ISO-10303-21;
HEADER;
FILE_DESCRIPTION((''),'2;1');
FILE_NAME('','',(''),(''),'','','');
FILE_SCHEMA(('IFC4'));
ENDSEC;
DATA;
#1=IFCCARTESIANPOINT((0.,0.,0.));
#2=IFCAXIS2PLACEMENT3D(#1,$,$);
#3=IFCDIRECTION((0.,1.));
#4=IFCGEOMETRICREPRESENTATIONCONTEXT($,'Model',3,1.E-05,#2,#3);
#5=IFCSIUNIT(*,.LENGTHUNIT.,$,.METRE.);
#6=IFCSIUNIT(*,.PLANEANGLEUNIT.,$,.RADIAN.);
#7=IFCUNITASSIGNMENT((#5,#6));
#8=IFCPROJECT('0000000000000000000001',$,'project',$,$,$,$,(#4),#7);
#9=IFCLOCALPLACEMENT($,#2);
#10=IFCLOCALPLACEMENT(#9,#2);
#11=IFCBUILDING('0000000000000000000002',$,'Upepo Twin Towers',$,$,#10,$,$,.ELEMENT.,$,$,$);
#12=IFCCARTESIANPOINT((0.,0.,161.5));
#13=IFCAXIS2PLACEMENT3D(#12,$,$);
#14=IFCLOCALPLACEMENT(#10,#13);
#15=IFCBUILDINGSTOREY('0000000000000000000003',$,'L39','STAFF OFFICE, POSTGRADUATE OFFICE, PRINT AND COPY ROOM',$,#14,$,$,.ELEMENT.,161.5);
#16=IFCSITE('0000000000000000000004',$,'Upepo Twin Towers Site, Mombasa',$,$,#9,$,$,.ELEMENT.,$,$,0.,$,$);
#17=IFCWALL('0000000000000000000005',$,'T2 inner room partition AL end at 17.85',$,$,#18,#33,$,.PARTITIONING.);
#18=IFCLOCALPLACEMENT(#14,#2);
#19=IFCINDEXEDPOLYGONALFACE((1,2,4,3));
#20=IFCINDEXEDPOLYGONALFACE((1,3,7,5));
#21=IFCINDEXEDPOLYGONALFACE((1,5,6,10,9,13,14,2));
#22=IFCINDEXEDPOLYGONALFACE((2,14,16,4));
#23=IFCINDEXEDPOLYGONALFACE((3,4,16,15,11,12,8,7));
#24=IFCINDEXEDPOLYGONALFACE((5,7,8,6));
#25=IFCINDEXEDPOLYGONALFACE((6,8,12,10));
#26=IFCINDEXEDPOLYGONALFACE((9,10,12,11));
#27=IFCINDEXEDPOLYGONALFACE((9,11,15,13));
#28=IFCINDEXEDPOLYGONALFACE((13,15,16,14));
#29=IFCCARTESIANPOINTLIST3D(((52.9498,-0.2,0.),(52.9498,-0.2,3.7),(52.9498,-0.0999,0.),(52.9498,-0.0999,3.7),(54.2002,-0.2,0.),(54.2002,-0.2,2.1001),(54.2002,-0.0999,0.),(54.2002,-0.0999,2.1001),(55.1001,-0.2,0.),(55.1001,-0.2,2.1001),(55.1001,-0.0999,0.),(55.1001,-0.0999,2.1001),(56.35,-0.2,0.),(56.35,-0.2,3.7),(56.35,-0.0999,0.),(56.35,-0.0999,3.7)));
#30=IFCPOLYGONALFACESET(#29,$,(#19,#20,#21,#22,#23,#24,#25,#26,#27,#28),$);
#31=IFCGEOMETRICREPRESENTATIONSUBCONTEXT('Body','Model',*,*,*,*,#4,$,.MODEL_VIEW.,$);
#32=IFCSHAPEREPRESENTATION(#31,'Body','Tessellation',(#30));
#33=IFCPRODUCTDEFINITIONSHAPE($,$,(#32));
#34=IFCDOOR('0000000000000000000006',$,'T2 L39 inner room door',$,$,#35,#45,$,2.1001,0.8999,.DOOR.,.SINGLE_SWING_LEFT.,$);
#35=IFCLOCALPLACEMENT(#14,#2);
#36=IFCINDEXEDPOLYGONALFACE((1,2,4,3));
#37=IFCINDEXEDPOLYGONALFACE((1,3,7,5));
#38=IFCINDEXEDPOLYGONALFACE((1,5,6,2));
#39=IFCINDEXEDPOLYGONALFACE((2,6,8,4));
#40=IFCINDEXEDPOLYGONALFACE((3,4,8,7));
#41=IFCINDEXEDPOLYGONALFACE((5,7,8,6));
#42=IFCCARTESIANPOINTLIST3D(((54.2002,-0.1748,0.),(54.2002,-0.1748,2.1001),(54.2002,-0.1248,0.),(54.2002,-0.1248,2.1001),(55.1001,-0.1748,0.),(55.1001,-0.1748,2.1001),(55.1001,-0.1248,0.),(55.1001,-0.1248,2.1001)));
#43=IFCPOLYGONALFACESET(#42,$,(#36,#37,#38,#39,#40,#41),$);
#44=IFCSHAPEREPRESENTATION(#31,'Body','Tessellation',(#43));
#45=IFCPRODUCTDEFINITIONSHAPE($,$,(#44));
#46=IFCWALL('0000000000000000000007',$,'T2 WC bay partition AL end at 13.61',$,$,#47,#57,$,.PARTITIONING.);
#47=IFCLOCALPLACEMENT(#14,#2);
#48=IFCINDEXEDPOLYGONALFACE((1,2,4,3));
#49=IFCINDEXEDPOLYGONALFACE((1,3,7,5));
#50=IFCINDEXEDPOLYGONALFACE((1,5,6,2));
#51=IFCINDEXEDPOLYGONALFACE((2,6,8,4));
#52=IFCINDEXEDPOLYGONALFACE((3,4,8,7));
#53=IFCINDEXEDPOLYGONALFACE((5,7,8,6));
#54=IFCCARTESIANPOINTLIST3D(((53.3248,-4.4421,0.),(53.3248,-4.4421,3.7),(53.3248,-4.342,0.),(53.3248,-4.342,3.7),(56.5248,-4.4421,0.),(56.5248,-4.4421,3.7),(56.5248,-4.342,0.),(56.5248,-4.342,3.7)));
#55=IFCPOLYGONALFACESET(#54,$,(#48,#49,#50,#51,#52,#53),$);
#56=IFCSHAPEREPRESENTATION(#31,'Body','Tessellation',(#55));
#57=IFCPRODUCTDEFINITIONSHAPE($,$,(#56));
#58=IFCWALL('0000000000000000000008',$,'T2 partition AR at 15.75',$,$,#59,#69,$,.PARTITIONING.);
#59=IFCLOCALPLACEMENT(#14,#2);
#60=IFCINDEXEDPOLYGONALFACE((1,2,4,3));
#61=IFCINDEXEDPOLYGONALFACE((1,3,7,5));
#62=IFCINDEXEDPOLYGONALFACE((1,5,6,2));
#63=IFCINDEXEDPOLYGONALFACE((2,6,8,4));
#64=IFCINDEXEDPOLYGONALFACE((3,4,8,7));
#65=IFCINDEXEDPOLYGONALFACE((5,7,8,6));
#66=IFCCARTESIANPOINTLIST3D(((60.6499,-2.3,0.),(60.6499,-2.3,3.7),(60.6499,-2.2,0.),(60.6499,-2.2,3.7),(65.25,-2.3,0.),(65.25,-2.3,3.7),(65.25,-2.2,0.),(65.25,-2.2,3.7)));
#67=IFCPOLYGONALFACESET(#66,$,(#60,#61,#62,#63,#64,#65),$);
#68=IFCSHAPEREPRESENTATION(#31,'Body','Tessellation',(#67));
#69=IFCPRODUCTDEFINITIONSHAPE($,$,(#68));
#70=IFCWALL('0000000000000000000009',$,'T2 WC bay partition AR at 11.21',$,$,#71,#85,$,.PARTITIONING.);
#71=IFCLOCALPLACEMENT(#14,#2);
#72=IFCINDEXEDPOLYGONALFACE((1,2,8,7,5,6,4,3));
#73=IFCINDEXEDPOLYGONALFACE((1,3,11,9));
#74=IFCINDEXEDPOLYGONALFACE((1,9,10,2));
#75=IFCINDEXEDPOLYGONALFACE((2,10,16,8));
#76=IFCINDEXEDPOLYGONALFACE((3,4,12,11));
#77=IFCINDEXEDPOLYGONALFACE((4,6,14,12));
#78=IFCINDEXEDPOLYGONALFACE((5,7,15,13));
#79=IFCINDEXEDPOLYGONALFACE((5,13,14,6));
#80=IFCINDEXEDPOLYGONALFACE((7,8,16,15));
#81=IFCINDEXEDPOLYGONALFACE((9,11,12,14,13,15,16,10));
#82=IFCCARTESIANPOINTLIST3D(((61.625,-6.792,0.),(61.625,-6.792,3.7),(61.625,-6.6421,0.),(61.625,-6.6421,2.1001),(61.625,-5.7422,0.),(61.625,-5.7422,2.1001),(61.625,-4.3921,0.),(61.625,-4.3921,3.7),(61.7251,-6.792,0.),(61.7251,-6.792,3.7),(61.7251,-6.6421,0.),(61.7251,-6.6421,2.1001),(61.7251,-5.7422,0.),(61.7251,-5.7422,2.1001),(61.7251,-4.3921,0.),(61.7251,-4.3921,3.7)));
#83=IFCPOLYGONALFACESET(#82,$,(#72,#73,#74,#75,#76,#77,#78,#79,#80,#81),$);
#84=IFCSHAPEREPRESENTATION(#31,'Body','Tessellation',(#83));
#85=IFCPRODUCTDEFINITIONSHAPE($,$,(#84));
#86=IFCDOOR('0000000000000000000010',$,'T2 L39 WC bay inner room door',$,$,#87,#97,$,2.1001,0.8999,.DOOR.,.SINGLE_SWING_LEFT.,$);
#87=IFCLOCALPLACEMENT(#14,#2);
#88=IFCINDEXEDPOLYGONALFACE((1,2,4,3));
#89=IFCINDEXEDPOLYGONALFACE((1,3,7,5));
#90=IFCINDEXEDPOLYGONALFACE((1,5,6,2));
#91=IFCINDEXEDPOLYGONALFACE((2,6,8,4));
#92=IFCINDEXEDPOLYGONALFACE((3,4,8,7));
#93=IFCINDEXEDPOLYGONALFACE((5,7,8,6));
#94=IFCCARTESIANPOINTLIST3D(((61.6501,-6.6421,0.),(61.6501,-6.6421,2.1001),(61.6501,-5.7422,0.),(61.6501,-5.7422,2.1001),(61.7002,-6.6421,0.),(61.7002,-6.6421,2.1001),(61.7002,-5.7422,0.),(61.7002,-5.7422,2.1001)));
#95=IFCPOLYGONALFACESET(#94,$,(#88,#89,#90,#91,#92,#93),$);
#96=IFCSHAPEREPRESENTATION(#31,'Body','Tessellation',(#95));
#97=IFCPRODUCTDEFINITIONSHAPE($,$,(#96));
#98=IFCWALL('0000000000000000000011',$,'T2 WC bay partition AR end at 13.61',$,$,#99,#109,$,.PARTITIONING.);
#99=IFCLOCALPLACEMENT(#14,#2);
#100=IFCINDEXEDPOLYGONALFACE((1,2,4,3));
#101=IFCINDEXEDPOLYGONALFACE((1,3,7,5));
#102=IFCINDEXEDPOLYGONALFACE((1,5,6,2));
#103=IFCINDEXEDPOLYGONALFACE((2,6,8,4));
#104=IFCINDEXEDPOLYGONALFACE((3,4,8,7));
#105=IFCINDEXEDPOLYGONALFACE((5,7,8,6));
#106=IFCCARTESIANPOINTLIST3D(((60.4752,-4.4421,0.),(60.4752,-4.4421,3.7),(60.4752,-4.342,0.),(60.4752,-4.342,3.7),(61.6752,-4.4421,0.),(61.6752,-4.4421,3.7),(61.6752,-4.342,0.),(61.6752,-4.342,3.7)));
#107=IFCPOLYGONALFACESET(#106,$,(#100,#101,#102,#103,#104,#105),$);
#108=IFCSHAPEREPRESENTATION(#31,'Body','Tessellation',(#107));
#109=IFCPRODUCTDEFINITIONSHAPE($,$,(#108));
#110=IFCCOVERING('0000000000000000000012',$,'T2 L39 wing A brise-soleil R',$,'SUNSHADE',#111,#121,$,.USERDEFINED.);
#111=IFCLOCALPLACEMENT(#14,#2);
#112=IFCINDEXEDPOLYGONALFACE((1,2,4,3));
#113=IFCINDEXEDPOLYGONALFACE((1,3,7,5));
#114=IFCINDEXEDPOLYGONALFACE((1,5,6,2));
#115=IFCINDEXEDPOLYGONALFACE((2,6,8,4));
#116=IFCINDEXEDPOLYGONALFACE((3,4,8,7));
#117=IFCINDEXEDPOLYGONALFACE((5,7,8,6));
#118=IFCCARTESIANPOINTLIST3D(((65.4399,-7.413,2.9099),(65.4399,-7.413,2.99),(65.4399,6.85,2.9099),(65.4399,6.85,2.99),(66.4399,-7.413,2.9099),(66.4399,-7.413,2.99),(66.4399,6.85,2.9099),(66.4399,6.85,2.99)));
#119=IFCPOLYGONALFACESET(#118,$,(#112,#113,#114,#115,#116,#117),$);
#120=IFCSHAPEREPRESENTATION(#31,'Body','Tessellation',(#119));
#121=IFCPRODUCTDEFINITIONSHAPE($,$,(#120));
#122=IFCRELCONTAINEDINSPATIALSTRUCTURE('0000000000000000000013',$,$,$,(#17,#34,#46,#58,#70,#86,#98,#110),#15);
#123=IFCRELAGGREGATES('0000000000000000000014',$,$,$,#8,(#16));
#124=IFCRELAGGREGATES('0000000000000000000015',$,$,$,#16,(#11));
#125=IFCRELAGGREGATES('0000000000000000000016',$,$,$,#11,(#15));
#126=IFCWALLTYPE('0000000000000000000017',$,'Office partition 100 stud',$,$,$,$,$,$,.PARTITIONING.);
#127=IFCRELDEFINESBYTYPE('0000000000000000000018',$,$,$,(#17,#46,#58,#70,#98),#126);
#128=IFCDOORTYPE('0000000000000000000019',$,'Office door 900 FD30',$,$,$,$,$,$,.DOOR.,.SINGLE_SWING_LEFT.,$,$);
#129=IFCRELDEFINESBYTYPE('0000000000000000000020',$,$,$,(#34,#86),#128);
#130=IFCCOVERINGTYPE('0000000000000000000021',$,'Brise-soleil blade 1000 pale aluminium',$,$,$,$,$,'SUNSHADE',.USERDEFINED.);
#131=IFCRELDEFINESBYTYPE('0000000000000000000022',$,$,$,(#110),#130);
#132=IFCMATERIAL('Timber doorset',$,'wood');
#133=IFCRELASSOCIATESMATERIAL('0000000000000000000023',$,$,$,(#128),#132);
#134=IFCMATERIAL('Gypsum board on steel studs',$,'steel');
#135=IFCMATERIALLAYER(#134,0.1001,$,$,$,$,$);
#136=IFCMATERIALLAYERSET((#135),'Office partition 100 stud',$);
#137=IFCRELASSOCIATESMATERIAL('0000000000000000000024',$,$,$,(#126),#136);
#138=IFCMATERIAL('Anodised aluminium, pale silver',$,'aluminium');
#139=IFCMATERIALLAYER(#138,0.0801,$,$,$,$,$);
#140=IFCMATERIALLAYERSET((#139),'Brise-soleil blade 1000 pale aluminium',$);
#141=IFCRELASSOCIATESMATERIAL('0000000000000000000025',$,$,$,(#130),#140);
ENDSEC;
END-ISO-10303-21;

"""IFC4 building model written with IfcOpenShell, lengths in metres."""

from ifc_helpers import new_model, si_unit, direction, frame, frame_2d, origin, origin_2d, place, context, subcontext, project, spatial, rectangle, extrude, material, layer, layer_set, type_object, element, fill, save


model = new_model("IFC4")

# Units and contexts
model_context = context("Model", 3, precision=1e-05, world=origin(), true_north=direction((0.0, 1.0)))
body_context = subcontext(model_context, "Body", "Model", "MODEL_VIEW")
ifc_project = project(units=[si_unit("LENGTHUNIT", "METRE"), si_unit("PLANEANGLEUNIT", "RADIAN")], contexts=[model_context])

# Site, building, storey
site_placement = place(None, origin())
site = spatial("IfcSite", under=ifc_project, at=site_placement, Name="Upepo Twin Towers Site, Mombasa", CompositionType="ELEMENT", RefElevation=0.0)
building_placement = place(site_placement, origin())
building = spatial("IfcBuilding", under=site, at=building_placement, Name="Upepo Twin Towers", CompositionType="ELEMENT")
storey_placement = place(building_placement, frame((0.0, 0.0, 161.5)))
storey = spatial("IfcBuildingStorey", under=building, at=storey_placement, Name="L39", Description="STAFF OFFICE, POSTGRADUATE OFFICE, PRINT AND COPY ROOM", CompositionType="ELEMENT", Elevation=161.5)

# Shared definitions
ifc_material_1 = material(Name="Timber doorset", Category="wood")
door_type_1 = type_object("IfcDoorType", Name="Office door 900 FD30", OperationType="SINGLE_SWING_LEFT", PredefinedType="DOOR", material=ifc_material_1)

# Shared definitions
ifc_material_2 = material(Name="Gypsum board on steel studs", Category="steel")
ifc_layer_1 = layer(ifc_material_2, 0.1001)
ifc_layer_set_1 = layer_set([ifc_layer_1], Name="Office partition 100 stud")
wall_type_1 = type_object("IfcWallType", Name="Office partition 100 stud", PredefinedType="PARTITIONING", material=ifc_layer_set_1)

# Wall, opening, door
wall_1_placement = place(storey_placement, frame((56.3501, -0.1499, 0.0), z_axis=(0.0, 0.0, 1.0), x_axis=(-1.0, 0.0, 0.0)))
wall_1 = element("IfcWall", 1, at=wall_1_placement, inside=storey, type_object=wall_type_1, Name="T2 inner room partition AL end at 17.85", PredefinedType="PARTITIONING", context=body_context, shape_type="SweptSolid", body=[
    extrude(rectangle(XDim=3.4001, YDim=0.1001, at=frame_2d((1.7002, 0.0))), origin(), (0.0, 0.0, 1.0), 3.7),
])
opening_1_placement = place(wall_1_placement, frame((1.25, 0.0, 0.0)))
opening_1 = element("IfcOpeningElement", 2, at=opening_1_placement, cuts=wall_1, PredefinedType="OPENING", context=body_context, shape_type="SweptSolid", body=[
    extrude(rectangle(XDim=0.8999, YDim=2.1001, at=frame_2d((0.45, 1.05))), frame((0.0, 0.0601, 0.0), z_axis=(0.0, -1.0, 0.0), x_axis=(1.0, 0.0, 0.0)), (0.0, 0.0, 1.0), 0.1201),
])
door_1_placement = place(opening_1_placement, origin())
door_1 = element("IfcDoor", 3, at=door_1_placement, inside=storey, type_object=door_type_1, Name="T2 L39 inner room door", OperationType="SINGLE_SWING_LEFT", OverallHeight=2.1001, OverallWidth=0.8999, PredefinedType="DOOR", context=body_context, shape_type="SweptSolid", body=[
    extrude(rectangle(XDim=0.8999, YDim=2.1001, at=frame_2d((0.45, 1.05))), frame((0.0, 0.0249, 0.0), z_axis=(0.0, -1.0, 0.0), x_axis=(1.0, 0.0, 0.0)), (0.0, 0.0, 1.0), 0.05),
])
fill(opening_1, door_1)

# Walls
wall_2_placement = place(storey_placement, frame((56.5249, -4.3921, 0.0), z_axis=(0.0, 0.0, 1.0), x_axis=(-1.0, 0.0, 0.0)))
element("IfcWall", 4, at=wall_2_placement, inside=storey, type_object=wall_type_1, Name="T2 WC bay partition AL end at 13.61", PredefinedType="PARTITIONING", context=body_context, shape_type="SweptSolid", body=[
    extrude(rectangle(XDim=3.2, YDim=0.1001, at=frame_2d((1.6001, 0.0))), origin(), (0.0, 0.0, 1.0), 3.7),
])
wall_3_placement = place(storey_placement, frame((60.6499, -2.25, 0.0), z_axis=(0.0, 0.0, 1.0), x_axis=(1.0, 0.0, 0.0)))
element("IfcWall", 5, at=wall_3_placement, inside=storey, type_object=wall_type_1, Name="T2 partition AR at 15.75", PredefinedType="PARTITIONING", context=body_context, shape_type="SweptSolid", body=[
    extrude(rectangle(XDim=4.6001, YDim=0.1001, at=frame_2d((2.3, 0.0))), origin(), (0.0, 0.0, 1.0), 3.7),
])

# Wall, opening, door
wall_4_placement = place(storey_placement, frame((61.675, -6.792, 0.0), z_axis=(0.0, 0.0, 1.0), x_axis=(0.0, 1.0, 0.0)))
wall_4 = element("IfcWall", 6, at=wall_4_placement, inside=storey, type_object=wall_type_1, Name="T2 WC bay partition AR at 11.21", PredefinedType="PARTITIONING", context=body_context, shape_type="SweptSolid", body=[
    extrude(rectangle(XDim=2.3999, YDim=0.1001, at=frame_2d((1.2, 0.0))), origin(), (0.0, 0.0, 1.0), 3.7),
])
opening_2_placement = place(wall_4_placement, frame((0.1499, 0.0, 0.0)))
opening_2 = element("IfcOpeningElement", 7, at=opening_2_placement, cuts=wall_4, PredefinedType="OPENING", context=body_context, shape_type="SweptSolid", body=[
    extrude(rectangle(XDim=0.8999, YDim=2.1001, at=frame_2d((0.45, 1.05))), frame((0.0, 0.0601, 0.0), z_axis=(0.0, -1.0, 0.0), x_axis=(1.0, 0.0, 0.0)), (0.0, 0.0, 1.0), 0.1201),
])
door_2_placement = place(opening_2_placement, origin())
door_2 = element("IfcDoor", 8, at=door_2_placement, inside=storey, type_object=door_type_1, Name="T2 L39 WC bay inner room door", OperationType="SINGLE_SWING_LEFT", OverallHeight=2.1001, OverallWidth=0.8999, PredefinedType="DOOR", context=body_context, shape_type="SweptSolid", body=[
    extrude(rectangle(XDim=0.8999, YDim=2.1001, at=frame_2d((0.45, 1.05))), frame((0.0, 0.0249, 0.0), z_axis=(0.0, -1.0, 0.0), x_axis=(1.0, 0.0, 0.0)), (0.0, 0.0, 1.0), 0.05),
])
fill(opening_2, door_2)

# Wall
wall_5_placement = place(storey_placement, frame((60.4751, -4.3921, 0.0), z_axis=(0.0, 0.0, 1.0), x_axis=(1.0, 0.0, 0.0)))
element("IfcWall", 9, at=wall_5_placement, inside=storey, type_object=wall_type_1, Name="T2 WC bay partition AR end at 13.61", PredefinedType="PARTITIONING", context=body_context, shape_type="SweptSolid", body=[
    extrude(rectangle(XDim=1.2, YDim=0.1001, at=frame_2d((0.6001, 0.0))), origin(), (0.0, 0.0, 1.0), 3.7),
])

# Covering
ifc_material_3 = material(Name="Anodised aluminium, pale silver", Category="aluminium")
ifc_layer_2 = layer(ifc_material_3, 0.0801)
ifc_layer_set_2 = layer_set([ifc_layer_2], Name="Brise-soleil blade 1000 pale aluminium")
covering_type = type_object("IfcCoveringType", Name="Brise-soleil blade 1000 pale aluminium", ElementType="SUNSHADE", PredefinedType="USERDEFINED", material=ifc_layer_set_2)
covering_placement = place(storey_placement, frame((65.9399, -0.2815, 2.9099), z_axis=(0.0, 0.0, 1.0), x_axis=(0.0, 1.0, 0.0)))
element("IfcCovering", 10, at=covering_placement, inside=storey, type_object=covering_type, Name="T2 L39 wing A brise-soleil R", ObjectType="SUNSHADE", PredefinedType="USERDEFINED", context=body_context, shape_type="SweptSolid", body=[
    extrude(rectangle(XDim=14.2629, YDim=1.0, at=origin_2d()), origin(), (0.0, 0.0, 1.0), 0.0801),
])

save(model, "model.ifc")
